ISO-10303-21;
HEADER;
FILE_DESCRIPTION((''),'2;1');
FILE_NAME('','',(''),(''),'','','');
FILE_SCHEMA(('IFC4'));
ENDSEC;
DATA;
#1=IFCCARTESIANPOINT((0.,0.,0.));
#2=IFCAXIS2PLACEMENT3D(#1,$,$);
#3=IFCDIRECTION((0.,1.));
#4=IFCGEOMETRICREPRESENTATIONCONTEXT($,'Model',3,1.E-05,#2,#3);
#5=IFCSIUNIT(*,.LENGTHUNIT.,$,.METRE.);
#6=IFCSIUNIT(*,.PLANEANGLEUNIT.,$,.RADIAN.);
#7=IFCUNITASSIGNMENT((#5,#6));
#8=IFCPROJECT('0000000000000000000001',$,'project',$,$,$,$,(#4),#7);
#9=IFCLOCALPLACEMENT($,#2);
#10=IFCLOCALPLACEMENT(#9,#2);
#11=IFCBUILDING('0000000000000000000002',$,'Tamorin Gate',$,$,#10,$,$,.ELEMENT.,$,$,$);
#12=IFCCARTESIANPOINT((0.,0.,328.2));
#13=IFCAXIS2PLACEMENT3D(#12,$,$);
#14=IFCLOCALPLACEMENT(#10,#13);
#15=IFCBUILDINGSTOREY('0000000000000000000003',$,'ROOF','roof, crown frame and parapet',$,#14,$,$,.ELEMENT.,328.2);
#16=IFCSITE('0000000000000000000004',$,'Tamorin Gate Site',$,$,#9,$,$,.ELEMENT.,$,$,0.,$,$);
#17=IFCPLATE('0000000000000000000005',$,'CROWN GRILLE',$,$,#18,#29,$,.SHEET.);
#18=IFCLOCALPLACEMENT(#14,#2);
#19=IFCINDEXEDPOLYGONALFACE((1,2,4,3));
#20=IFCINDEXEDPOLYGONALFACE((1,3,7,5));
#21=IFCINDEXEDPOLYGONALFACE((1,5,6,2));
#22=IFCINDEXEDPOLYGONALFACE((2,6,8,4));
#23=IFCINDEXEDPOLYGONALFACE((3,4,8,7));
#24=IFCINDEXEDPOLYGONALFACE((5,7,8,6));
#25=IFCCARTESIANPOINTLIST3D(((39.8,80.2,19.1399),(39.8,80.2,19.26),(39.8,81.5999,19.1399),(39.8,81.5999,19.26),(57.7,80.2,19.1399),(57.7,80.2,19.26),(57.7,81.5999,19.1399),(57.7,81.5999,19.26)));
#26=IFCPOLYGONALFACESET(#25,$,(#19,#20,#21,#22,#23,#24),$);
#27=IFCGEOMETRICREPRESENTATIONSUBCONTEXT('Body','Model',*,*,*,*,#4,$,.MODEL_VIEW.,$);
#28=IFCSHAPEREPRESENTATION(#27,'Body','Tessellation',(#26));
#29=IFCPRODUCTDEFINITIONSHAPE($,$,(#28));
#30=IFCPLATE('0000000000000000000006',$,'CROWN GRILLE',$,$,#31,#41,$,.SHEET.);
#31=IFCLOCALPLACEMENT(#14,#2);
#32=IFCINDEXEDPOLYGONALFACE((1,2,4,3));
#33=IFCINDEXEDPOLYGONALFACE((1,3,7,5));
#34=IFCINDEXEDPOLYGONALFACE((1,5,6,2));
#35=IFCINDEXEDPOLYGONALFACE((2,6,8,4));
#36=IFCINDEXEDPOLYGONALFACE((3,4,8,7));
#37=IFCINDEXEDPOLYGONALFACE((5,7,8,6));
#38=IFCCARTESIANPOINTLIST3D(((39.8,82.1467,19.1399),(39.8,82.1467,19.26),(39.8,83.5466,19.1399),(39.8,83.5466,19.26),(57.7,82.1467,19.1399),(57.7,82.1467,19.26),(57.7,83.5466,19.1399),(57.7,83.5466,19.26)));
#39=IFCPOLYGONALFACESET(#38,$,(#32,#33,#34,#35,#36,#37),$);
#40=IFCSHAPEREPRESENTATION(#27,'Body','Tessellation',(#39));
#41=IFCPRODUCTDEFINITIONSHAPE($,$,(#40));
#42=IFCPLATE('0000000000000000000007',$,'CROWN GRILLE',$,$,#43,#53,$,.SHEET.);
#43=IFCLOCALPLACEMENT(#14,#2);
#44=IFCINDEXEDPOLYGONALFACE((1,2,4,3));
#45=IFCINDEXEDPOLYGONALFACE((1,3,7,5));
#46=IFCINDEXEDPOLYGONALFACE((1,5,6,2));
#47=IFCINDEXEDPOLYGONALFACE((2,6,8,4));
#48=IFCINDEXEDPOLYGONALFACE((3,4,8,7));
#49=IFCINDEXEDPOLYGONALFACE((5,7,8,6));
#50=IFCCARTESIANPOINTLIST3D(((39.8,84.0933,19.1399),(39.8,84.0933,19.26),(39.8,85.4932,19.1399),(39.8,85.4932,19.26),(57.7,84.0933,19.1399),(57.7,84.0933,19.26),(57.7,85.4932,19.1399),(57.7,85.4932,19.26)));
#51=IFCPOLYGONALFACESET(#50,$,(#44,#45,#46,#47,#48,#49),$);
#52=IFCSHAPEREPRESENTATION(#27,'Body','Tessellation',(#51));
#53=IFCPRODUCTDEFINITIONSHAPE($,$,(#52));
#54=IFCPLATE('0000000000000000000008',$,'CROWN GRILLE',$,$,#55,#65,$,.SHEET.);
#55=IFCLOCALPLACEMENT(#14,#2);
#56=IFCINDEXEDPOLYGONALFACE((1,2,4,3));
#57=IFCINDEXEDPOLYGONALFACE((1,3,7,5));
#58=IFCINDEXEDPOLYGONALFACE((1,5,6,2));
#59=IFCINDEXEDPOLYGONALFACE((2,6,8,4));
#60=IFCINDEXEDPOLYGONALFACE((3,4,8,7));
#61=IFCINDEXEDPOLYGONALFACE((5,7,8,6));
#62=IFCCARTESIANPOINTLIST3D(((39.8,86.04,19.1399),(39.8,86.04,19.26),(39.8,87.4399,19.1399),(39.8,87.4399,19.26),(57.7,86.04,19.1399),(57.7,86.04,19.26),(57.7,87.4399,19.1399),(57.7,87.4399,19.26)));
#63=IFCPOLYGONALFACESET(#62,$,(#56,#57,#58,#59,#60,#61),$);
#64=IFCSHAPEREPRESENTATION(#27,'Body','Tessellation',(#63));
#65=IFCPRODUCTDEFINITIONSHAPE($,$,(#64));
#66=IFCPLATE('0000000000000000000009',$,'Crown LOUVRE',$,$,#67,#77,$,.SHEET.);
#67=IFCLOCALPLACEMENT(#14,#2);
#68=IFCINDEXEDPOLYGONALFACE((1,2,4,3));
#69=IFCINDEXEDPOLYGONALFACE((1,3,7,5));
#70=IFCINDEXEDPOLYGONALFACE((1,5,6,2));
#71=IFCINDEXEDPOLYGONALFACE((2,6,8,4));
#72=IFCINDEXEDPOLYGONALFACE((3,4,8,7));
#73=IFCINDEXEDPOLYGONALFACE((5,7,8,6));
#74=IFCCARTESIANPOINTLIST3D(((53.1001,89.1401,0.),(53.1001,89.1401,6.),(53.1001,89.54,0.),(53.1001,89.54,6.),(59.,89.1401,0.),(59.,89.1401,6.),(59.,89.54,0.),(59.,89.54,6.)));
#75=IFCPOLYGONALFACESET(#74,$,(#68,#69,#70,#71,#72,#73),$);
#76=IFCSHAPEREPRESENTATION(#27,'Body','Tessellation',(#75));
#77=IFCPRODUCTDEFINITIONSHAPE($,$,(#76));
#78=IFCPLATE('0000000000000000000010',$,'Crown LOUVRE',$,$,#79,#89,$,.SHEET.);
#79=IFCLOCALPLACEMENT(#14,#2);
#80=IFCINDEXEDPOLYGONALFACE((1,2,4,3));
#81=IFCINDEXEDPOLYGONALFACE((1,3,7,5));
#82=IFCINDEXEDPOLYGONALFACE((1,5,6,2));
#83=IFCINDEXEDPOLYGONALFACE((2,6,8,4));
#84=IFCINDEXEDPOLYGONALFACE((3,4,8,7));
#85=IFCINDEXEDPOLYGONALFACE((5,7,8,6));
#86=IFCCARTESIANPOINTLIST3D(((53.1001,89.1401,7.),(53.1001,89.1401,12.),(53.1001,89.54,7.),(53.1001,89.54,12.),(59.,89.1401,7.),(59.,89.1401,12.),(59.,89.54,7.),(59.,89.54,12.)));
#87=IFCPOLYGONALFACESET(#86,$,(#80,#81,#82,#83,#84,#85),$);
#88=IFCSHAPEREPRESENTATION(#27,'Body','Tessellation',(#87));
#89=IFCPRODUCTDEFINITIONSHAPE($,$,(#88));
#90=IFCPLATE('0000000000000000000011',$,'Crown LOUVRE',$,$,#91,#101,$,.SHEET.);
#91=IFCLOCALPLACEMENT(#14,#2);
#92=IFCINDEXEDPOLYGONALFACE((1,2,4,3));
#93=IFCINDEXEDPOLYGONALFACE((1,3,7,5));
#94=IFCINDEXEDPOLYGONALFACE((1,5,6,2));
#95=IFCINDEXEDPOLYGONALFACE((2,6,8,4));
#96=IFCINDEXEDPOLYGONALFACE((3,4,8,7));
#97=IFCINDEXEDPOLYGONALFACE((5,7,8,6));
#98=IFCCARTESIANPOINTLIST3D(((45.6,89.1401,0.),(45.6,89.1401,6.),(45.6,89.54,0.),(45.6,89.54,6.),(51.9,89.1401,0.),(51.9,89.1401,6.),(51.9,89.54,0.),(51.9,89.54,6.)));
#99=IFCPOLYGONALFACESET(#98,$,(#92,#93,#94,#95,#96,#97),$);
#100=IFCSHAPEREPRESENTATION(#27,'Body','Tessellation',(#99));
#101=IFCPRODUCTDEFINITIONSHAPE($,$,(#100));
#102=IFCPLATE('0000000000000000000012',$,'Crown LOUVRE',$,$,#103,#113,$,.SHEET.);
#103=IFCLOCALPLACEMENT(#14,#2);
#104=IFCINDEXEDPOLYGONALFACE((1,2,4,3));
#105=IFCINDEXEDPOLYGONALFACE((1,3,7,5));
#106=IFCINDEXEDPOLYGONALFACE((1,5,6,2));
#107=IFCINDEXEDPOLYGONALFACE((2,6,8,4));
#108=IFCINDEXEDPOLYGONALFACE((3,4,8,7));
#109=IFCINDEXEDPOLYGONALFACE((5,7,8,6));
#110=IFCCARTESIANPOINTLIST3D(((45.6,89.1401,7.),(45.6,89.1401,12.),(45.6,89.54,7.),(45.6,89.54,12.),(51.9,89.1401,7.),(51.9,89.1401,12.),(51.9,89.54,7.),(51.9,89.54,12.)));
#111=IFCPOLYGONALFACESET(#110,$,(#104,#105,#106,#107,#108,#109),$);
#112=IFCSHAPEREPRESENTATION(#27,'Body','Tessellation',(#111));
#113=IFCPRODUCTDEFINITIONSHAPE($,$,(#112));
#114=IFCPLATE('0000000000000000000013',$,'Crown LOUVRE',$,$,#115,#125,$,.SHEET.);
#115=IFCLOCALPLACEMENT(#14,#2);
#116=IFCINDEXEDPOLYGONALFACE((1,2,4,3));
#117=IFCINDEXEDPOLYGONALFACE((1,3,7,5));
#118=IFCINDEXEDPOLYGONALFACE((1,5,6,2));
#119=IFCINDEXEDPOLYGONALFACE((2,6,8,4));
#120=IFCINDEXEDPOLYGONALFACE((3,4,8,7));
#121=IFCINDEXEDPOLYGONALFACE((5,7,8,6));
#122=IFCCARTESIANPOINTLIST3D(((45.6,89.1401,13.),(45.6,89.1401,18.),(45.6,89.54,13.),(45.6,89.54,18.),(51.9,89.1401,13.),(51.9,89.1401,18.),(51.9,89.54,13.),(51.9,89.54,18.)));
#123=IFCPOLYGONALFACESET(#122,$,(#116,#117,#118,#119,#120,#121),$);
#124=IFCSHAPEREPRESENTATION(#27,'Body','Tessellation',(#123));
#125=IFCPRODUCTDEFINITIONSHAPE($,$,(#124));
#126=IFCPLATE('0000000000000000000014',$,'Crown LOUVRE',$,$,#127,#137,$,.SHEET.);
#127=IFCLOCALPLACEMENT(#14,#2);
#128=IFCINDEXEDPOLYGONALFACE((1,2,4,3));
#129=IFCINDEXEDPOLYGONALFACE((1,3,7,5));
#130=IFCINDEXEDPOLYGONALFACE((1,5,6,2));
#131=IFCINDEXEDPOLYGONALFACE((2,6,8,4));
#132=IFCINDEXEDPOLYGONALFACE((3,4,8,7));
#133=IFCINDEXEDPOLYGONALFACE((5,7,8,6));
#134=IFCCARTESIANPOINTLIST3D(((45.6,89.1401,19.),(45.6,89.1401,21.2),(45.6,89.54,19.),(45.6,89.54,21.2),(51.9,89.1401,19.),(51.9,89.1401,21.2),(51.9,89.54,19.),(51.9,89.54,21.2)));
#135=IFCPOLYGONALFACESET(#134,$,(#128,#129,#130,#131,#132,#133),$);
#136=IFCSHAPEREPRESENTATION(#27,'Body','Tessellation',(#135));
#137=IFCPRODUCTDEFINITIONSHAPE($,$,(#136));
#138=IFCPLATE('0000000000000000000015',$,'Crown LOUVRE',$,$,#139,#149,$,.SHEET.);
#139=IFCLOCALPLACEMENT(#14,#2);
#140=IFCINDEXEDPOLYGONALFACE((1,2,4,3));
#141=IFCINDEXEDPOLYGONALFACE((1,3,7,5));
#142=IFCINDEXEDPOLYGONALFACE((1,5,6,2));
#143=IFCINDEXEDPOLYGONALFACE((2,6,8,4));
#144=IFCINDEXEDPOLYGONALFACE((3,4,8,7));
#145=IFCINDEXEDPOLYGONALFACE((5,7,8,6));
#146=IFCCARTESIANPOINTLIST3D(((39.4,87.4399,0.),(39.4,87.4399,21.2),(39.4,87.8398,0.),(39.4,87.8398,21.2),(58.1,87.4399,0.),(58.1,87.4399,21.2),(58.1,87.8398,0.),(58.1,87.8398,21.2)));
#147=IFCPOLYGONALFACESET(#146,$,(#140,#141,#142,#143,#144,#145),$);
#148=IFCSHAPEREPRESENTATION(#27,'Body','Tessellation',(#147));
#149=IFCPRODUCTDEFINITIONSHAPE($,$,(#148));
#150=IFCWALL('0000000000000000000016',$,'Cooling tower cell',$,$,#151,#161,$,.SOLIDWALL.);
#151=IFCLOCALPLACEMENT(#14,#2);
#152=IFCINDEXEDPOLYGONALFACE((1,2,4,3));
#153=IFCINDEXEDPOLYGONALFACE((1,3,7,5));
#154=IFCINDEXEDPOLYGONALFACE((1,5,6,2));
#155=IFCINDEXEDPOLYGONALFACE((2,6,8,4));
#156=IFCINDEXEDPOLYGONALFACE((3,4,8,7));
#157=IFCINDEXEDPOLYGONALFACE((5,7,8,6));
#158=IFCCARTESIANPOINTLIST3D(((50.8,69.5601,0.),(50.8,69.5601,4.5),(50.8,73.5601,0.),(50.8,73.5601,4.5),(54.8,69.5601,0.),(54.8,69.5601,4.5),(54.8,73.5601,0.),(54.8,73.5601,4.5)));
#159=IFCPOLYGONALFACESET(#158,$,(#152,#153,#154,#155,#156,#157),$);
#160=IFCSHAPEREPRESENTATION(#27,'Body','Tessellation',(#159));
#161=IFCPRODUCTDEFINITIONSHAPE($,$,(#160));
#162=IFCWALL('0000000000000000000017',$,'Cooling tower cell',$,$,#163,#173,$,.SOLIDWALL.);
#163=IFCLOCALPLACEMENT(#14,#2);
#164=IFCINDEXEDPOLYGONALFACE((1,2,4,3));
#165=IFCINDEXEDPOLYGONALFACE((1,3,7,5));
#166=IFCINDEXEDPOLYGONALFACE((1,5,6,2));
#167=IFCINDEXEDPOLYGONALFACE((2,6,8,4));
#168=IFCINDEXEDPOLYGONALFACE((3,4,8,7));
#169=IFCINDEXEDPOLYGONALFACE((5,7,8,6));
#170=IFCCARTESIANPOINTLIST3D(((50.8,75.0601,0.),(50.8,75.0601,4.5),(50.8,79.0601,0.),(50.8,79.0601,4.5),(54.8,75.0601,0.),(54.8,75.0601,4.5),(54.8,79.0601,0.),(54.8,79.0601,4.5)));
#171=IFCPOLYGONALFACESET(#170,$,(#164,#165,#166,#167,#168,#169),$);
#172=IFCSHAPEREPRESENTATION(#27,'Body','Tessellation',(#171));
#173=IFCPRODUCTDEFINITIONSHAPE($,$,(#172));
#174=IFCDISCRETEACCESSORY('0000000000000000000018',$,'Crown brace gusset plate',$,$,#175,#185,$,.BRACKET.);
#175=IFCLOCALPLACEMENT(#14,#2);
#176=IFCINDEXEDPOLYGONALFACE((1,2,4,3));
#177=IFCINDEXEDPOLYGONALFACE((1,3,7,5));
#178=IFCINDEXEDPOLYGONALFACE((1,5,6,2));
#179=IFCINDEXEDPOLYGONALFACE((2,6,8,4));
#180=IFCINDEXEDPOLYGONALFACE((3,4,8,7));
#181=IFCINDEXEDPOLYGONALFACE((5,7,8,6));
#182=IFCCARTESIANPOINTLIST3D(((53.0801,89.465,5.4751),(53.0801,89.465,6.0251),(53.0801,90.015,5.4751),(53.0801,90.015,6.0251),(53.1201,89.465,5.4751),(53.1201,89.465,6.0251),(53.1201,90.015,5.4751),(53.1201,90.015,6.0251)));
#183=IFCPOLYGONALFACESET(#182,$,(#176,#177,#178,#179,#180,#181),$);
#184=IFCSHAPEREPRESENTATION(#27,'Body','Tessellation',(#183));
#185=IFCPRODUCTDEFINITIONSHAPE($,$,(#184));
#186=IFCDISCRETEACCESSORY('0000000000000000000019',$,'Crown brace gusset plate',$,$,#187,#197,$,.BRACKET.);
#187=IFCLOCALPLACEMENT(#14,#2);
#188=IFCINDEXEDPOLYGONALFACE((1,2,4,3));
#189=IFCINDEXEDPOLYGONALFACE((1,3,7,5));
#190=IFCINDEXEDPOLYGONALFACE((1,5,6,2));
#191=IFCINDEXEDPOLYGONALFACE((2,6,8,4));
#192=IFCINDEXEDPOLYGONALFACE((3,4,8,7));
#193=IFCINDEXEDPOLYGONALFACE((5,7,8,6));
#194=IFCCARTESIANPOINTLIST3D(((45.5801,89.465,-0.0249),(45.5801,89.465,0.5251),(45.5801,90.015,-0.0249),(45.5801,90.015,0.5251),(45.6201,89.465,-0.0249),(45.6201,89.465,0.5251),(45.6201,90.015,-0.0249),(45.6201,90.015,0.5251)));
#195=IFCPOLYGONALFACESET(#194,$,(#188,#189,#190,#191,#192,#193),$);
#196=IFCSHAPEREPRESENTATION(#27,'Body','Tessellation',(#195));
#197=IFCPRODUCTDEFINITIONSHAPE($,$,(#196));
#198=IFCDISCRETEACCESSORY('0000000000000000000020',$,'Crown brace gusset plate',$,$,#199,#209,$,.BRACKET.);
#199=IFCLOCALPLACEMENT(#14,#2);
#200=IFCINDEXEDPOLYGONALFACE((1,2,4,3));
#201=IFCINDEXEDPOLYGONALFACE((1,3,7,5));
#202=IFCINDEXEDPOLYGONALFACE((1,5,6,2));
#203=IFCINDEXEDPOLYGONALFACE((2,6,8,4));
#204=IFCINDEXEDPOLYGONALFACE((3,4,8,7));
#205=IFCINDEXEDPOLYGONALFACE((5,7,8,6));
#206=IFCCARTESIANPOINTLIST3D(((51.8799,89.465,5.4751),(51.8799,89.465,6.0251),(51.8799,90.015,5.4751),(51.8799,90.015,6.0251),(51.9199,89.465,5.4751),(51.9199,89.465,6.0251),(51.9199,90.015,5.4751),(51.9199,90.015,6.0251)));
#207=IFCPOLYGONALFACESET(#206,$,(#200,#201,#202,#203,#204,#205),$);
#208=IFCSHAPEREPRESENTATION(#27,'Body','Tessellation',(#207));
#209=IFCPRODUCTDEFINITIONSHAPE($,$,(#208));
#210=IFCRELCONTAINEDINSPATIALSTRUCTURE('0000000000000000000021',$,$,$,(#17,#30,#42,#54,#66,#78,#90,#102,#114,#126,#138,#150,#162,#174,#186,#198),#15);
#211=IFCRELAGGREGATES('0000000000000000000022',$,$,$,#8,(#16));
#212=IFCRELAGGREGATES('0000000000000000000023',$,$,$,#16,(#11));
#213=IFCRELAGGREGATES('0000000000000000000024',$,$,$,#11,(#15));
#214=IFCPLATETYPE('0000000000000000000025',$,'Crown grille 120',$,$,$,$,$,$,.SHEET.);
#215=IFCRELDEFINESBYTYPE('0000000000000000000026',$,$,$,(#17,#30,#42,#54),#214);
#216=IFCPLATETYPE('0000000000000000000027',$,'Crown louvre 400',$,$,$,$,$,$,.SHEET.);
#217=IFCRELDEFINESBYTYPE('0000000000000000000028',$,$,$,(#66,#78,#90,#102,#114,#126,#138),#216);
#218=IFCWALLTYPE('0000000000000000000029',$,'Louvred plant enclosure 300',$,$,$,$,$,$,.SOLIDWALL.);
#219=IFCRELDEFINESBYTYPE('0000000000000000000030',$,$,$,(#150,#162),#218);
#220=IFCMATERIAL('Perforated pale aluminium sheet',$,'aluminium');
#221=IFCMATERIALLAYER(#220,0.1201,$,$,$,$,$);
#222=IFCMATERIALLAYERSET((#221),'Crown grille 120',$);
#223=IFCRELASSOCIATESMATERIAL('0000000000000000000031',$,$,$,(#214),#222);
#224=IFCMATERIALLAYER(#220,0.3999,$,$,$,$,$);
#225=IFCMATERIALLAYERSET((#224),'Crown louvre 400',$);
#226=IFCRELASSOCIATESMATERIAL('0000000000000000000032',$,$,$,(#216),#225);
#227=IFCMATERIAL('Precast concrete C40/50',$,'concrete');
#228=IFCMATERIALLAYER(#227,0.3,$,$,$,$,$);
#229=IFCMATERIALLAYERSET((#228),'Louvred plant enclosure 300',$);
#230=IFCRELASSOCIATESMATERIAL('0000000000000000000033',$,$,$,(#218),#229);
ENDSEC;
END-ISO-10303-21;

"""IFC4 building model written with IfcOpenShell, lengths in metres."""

from ifc_helpers import new_model, si_unit, direction, frame, frame_2d, origin, origin_2d, place, context, subcontext, project, spatial, rectangle, extrude, material, layer, layer_set, type_object, element, save


model = new_model("IFC4")

# Units and contexts
model_context = context("Model", 3, precision=1e-05, world=origin(), true_north=direction((0.0, 1.0)))
body_context = subcontext(model_context, "Body", "Model", "MODEL_VIEW")
ifc_project = project(units=[si_unit("LENGTHUNIT", "METRE"), si_unit("PLANEANGLEUNIT", "RADIAN")], contexts=[model_context])

# Site, building, storey
site_placement = place(None, origin())
site = spatial("IfcSite", under=ifc_project, at=site_placement, Name="Tamorin Gate Site", CompositionType="ELEMENT", RefElevation=0.0)
building_placement = place(site_placement, origin())
building = spatial("IfcBuilding", under=site, at=building_placement, Name="Tamorin Gate", CompositionType="ELEMENT")
storey_placement = place(building_placement, frame((0.0, 0.0, 328.2)))
storey = spatial("IfcBuildingStorey", under=building, at=storey_placement, Name="ROOF", Description="roof, crown frame and parapet", CompositionType="ELEMENT", Elevation=328.2)

# Plates
ifc_material_1 = material(Name="Perforated pale aluminium sheet", Category="aluminium")
ifc_layer_1 = layer(ifc_material_1, 0.1201)
ifc_layer_set_1 = layer_set([ifc_layer_1], Name="Crown grille 120")
plate_type_1 = type_object("IfcPlateType", Name="Crown grille 120", PredefinedType="SHEET", material=ifc_layer_set_1)
for number, where, z_axis, x_axis, name in (
    (1, (48.75, 80.8999, 19.1399), (0.0, 0.0, 1.0), (1.0, 0.0, 0.0), "CROWN GRILLE"),
    (2, (48.75, 82.8467, 19.1399), (0.0, 0.0, 1.0), (1.0, 0.0, 0.0), "CROWN GRILLE"),
    (3, (48.75, 84.7932, 19.1399), (0.0, 0.0, 1.0), (1.0, 0.0, 0.0), "CROWN GRILLE"),
    (4, (48.75, 86.74, 19.1399), (0.0, 0.0, 1.0), (1.0, 0.0, 0.0), "CROWN GRILLE"),
):
    element("IfcPlate", number, at=place(storey_placement, frame(where, z_axis=z_axis, x_axis=x_axis)), inside=storey, type_object=plate_type_1, Name=name, PredefinedType="SHEET", context=body_context, shape_type="SweptSolid", body=[
        extrude(rectangle(XDim=17.8999, YDim=1.3999, at=origin_2d()), origin(), (0.0, 0.0, 1.0), 0.1201),
    ])
ifc_layer_2 = layer(ifc_material_1, 0.3999)
ifc_layer_set_2 = layer_set([ifc_layer_2], Name="Crown louvre 400")
plate_type_2 = type_object("IfcPlateType", Name="Crown louvre 400", PredefinedType="SHEET", material=ifc_layer_set_2)
plate_1_placement = place(storey_placement, frame((56.05, 89.3401, 0.0), z_axis=(0.0, 0.0, 1.0), x_axis=(1.0, 0.0, 0.0)))
element("IfcPlate", 5, at=plate_1_placement, inside=storey, type_object=plate_type_2, Name="Crown LOUVRE", PredefinedType="SHEET", context=body_context, shape_type="SweptSolid", body=[
    extrude(rectangle(XDim=5.8999, YDim=0.3999, at=origin_2d()), origin(), (0.0, 0.0, 1.0), 6.0),
])
plate_2_placement = place(storey_placement, frame((56.05, 89.3401, 7.0), z_axis=(0.0, 0.0, 1.0), x_axis=(1.0, 0.0, 0.0)))
element("IfcPlate", 6, at=plate_2_placement, inside=storey, type_object=plate_type_2, Name="Crown LOUVRE", PredefinedType="SHEET", context=body_context, shape_type="SweptSolid", body=[
    extrude(rectangle(XDim=5.8999, YDim=0.3999, at=origin_2d()), origin(), (0.0, 0.0, 1.0), 5.0),
])
plate_3_placement = place(storey_placement, frame((48.75, 89.3401, 0.0), z_axis=(0.0, 0.0, 1.0), x_axis=(1.0, 0.0, 0.0)))
element("IfcPlate", 7, at=plate_3_placement, inside=storey, type_object=plate_type_2, Name="Crown LOUVRE", PredefinedType="SHEET", context=body_context, shape_type="SweptSolid", body=[
    extrude(rectangle(XDim=6.3, YDim=0.3999, at=origin_2d()), origin(), (0.0, 0.0, 1.0), 6.0),
])
for number, where, z_axis, x_axis, name in (
    (8, (48.75, 89.3401, 7.0), (0.0, 0.0, 1.0), (1.0, 0.0, 0.0), "Crown LOUVRE"),
    (9, (48.75, 89.3401, 13.0), (0.0, 0.0, 1.0), (1.0, 0.0, 0.0), "Crown LOUVRE"),
):
    element("IfcPlate", number, at=place(storey_placement, frame(where, z_axis=z_axis, x_axis=x_axis)), inside=storey, type_object=plate_type_2, Name=name, PredefinedType="SHEET", context=body_context, shape_type="SweptSolid", body=[
        extrude(rectangle(XDim=6.3, YDim=0.3999, at=origin_2d()), origin(), (0.0, 0.0, 1.0), 5.0),
    ])
plate_4_placement = place(storey_placement, frame((48.75, 89.3401, 19.0), z_axis=(0.0, 0.0, 1.0), x_axis=(1.0, 0.0, 0.0)))
element("IfcPlate", 10, at=plate_4_placement, inside=storey, type_object=plate_type_2, Name="Crown LOUVRE", PredefinedType="SHEET", context=body_context, shape_type="SweptSolid", body=[
    extrude(rectangle(XDim=6.3, YDim=0.3999, at=origin_2d()), origin(), (0.0, 0.0, 1.0), 2.2),
])
plate_5_placement = place(storey_placement, frame((48.75, 87.6399, 0.0), z_axis=(0.0, 0.0, 1.0), x_axis=(1.0, 0.0, 0.0)))
element("IfcPlate", 11, at=plate_5_placement, inside=storey, type_object=plate_type_2, Name="Crown LOUVRE", PredefinedType="SHEET", context=body_context, shape_type="SweptSolid", body=[
    extrude(rectangle(XDim=18.7, YDim=0.3999, at=origin_2d()), origin(), (0.0, 0.0, 1.0), 21.2),
])

# Walls
ifc_material_2 = material(Name="Precast concrete C40/50", Category="concrete")
ifc_layer_3 = layer(ifc_material_2, 0.3)
ifc_layer_set_3 = layer_set([ifc_layer_3], Name="Louvred plant enclosure 300")
wall_type = type_object("IfcWallType", Name="Louvred plant enclosure 300", PredefinedType="SOLIDWALL", material=ifc_layer_set_3)
for number, where, z_axis, x_axis, name in (
    (12, (50.8, 71.5601, 0.0), (0.0, 0.0, 1.0), (1.0, 0.0, 0.0), "Cooling tower cell"),
    (13, (50.8, 77.0601, 0.0), (0.0, 0.0, 1.0), (1.0, 0.0, 0.0), "Cooling tower cell"),
):
    element("IfcWall", number, at=place(storey_placement, frame(where, z_axis=z_axis, x_axis=x_axis)), inside=storey, type_object=wall_type, Name=name, PredefinedType="SOLIDWALL", context=body_context, shape_type="SweptSolid", body=[
        extrude(rectangle(XDim=4.0, YDim=4.0, at=frame_2d((2.0, 0.0))), origin(), (0.0, 0.0, 1.0), 4.5),
    ])

# Discrete accessories
for number, where, z_axis, x_axis, name in (
    (14, (53.1001, 89.74, 5.4751), (0.0, 0.0, 1.0), (1.0, 0.0, 0.0), "Crown brace gusset plate"),
    (15, (45.6001, 89.74, -0.0249), (0.0, 0.0, 1.0), (1.0, 0.0, 0.0), "Crown brace gusset plate"),
    (16, (51.8999, 89.74, 5.4751), (0.0, 0.0, 1.0), (1.0, 0.0, 0.0), "Crown brace gusset plate"),
):
    element("IfcDiscreteAccessory", number, at=place(storey_placement, frame(where, z_axis=z_axis, x_axis=x_axis)), inside=storey, Name=name, PredefinedType="BRACKET", context=body_context, shape_type="SweptSolid", body=[
        extrude(rectangle(XDim=0.04, YDim=0.55, at=origin_2d()), origin(), (0.0, 0.0, 1.0), 0.55),
    ])

save(model, "model.ifc")
